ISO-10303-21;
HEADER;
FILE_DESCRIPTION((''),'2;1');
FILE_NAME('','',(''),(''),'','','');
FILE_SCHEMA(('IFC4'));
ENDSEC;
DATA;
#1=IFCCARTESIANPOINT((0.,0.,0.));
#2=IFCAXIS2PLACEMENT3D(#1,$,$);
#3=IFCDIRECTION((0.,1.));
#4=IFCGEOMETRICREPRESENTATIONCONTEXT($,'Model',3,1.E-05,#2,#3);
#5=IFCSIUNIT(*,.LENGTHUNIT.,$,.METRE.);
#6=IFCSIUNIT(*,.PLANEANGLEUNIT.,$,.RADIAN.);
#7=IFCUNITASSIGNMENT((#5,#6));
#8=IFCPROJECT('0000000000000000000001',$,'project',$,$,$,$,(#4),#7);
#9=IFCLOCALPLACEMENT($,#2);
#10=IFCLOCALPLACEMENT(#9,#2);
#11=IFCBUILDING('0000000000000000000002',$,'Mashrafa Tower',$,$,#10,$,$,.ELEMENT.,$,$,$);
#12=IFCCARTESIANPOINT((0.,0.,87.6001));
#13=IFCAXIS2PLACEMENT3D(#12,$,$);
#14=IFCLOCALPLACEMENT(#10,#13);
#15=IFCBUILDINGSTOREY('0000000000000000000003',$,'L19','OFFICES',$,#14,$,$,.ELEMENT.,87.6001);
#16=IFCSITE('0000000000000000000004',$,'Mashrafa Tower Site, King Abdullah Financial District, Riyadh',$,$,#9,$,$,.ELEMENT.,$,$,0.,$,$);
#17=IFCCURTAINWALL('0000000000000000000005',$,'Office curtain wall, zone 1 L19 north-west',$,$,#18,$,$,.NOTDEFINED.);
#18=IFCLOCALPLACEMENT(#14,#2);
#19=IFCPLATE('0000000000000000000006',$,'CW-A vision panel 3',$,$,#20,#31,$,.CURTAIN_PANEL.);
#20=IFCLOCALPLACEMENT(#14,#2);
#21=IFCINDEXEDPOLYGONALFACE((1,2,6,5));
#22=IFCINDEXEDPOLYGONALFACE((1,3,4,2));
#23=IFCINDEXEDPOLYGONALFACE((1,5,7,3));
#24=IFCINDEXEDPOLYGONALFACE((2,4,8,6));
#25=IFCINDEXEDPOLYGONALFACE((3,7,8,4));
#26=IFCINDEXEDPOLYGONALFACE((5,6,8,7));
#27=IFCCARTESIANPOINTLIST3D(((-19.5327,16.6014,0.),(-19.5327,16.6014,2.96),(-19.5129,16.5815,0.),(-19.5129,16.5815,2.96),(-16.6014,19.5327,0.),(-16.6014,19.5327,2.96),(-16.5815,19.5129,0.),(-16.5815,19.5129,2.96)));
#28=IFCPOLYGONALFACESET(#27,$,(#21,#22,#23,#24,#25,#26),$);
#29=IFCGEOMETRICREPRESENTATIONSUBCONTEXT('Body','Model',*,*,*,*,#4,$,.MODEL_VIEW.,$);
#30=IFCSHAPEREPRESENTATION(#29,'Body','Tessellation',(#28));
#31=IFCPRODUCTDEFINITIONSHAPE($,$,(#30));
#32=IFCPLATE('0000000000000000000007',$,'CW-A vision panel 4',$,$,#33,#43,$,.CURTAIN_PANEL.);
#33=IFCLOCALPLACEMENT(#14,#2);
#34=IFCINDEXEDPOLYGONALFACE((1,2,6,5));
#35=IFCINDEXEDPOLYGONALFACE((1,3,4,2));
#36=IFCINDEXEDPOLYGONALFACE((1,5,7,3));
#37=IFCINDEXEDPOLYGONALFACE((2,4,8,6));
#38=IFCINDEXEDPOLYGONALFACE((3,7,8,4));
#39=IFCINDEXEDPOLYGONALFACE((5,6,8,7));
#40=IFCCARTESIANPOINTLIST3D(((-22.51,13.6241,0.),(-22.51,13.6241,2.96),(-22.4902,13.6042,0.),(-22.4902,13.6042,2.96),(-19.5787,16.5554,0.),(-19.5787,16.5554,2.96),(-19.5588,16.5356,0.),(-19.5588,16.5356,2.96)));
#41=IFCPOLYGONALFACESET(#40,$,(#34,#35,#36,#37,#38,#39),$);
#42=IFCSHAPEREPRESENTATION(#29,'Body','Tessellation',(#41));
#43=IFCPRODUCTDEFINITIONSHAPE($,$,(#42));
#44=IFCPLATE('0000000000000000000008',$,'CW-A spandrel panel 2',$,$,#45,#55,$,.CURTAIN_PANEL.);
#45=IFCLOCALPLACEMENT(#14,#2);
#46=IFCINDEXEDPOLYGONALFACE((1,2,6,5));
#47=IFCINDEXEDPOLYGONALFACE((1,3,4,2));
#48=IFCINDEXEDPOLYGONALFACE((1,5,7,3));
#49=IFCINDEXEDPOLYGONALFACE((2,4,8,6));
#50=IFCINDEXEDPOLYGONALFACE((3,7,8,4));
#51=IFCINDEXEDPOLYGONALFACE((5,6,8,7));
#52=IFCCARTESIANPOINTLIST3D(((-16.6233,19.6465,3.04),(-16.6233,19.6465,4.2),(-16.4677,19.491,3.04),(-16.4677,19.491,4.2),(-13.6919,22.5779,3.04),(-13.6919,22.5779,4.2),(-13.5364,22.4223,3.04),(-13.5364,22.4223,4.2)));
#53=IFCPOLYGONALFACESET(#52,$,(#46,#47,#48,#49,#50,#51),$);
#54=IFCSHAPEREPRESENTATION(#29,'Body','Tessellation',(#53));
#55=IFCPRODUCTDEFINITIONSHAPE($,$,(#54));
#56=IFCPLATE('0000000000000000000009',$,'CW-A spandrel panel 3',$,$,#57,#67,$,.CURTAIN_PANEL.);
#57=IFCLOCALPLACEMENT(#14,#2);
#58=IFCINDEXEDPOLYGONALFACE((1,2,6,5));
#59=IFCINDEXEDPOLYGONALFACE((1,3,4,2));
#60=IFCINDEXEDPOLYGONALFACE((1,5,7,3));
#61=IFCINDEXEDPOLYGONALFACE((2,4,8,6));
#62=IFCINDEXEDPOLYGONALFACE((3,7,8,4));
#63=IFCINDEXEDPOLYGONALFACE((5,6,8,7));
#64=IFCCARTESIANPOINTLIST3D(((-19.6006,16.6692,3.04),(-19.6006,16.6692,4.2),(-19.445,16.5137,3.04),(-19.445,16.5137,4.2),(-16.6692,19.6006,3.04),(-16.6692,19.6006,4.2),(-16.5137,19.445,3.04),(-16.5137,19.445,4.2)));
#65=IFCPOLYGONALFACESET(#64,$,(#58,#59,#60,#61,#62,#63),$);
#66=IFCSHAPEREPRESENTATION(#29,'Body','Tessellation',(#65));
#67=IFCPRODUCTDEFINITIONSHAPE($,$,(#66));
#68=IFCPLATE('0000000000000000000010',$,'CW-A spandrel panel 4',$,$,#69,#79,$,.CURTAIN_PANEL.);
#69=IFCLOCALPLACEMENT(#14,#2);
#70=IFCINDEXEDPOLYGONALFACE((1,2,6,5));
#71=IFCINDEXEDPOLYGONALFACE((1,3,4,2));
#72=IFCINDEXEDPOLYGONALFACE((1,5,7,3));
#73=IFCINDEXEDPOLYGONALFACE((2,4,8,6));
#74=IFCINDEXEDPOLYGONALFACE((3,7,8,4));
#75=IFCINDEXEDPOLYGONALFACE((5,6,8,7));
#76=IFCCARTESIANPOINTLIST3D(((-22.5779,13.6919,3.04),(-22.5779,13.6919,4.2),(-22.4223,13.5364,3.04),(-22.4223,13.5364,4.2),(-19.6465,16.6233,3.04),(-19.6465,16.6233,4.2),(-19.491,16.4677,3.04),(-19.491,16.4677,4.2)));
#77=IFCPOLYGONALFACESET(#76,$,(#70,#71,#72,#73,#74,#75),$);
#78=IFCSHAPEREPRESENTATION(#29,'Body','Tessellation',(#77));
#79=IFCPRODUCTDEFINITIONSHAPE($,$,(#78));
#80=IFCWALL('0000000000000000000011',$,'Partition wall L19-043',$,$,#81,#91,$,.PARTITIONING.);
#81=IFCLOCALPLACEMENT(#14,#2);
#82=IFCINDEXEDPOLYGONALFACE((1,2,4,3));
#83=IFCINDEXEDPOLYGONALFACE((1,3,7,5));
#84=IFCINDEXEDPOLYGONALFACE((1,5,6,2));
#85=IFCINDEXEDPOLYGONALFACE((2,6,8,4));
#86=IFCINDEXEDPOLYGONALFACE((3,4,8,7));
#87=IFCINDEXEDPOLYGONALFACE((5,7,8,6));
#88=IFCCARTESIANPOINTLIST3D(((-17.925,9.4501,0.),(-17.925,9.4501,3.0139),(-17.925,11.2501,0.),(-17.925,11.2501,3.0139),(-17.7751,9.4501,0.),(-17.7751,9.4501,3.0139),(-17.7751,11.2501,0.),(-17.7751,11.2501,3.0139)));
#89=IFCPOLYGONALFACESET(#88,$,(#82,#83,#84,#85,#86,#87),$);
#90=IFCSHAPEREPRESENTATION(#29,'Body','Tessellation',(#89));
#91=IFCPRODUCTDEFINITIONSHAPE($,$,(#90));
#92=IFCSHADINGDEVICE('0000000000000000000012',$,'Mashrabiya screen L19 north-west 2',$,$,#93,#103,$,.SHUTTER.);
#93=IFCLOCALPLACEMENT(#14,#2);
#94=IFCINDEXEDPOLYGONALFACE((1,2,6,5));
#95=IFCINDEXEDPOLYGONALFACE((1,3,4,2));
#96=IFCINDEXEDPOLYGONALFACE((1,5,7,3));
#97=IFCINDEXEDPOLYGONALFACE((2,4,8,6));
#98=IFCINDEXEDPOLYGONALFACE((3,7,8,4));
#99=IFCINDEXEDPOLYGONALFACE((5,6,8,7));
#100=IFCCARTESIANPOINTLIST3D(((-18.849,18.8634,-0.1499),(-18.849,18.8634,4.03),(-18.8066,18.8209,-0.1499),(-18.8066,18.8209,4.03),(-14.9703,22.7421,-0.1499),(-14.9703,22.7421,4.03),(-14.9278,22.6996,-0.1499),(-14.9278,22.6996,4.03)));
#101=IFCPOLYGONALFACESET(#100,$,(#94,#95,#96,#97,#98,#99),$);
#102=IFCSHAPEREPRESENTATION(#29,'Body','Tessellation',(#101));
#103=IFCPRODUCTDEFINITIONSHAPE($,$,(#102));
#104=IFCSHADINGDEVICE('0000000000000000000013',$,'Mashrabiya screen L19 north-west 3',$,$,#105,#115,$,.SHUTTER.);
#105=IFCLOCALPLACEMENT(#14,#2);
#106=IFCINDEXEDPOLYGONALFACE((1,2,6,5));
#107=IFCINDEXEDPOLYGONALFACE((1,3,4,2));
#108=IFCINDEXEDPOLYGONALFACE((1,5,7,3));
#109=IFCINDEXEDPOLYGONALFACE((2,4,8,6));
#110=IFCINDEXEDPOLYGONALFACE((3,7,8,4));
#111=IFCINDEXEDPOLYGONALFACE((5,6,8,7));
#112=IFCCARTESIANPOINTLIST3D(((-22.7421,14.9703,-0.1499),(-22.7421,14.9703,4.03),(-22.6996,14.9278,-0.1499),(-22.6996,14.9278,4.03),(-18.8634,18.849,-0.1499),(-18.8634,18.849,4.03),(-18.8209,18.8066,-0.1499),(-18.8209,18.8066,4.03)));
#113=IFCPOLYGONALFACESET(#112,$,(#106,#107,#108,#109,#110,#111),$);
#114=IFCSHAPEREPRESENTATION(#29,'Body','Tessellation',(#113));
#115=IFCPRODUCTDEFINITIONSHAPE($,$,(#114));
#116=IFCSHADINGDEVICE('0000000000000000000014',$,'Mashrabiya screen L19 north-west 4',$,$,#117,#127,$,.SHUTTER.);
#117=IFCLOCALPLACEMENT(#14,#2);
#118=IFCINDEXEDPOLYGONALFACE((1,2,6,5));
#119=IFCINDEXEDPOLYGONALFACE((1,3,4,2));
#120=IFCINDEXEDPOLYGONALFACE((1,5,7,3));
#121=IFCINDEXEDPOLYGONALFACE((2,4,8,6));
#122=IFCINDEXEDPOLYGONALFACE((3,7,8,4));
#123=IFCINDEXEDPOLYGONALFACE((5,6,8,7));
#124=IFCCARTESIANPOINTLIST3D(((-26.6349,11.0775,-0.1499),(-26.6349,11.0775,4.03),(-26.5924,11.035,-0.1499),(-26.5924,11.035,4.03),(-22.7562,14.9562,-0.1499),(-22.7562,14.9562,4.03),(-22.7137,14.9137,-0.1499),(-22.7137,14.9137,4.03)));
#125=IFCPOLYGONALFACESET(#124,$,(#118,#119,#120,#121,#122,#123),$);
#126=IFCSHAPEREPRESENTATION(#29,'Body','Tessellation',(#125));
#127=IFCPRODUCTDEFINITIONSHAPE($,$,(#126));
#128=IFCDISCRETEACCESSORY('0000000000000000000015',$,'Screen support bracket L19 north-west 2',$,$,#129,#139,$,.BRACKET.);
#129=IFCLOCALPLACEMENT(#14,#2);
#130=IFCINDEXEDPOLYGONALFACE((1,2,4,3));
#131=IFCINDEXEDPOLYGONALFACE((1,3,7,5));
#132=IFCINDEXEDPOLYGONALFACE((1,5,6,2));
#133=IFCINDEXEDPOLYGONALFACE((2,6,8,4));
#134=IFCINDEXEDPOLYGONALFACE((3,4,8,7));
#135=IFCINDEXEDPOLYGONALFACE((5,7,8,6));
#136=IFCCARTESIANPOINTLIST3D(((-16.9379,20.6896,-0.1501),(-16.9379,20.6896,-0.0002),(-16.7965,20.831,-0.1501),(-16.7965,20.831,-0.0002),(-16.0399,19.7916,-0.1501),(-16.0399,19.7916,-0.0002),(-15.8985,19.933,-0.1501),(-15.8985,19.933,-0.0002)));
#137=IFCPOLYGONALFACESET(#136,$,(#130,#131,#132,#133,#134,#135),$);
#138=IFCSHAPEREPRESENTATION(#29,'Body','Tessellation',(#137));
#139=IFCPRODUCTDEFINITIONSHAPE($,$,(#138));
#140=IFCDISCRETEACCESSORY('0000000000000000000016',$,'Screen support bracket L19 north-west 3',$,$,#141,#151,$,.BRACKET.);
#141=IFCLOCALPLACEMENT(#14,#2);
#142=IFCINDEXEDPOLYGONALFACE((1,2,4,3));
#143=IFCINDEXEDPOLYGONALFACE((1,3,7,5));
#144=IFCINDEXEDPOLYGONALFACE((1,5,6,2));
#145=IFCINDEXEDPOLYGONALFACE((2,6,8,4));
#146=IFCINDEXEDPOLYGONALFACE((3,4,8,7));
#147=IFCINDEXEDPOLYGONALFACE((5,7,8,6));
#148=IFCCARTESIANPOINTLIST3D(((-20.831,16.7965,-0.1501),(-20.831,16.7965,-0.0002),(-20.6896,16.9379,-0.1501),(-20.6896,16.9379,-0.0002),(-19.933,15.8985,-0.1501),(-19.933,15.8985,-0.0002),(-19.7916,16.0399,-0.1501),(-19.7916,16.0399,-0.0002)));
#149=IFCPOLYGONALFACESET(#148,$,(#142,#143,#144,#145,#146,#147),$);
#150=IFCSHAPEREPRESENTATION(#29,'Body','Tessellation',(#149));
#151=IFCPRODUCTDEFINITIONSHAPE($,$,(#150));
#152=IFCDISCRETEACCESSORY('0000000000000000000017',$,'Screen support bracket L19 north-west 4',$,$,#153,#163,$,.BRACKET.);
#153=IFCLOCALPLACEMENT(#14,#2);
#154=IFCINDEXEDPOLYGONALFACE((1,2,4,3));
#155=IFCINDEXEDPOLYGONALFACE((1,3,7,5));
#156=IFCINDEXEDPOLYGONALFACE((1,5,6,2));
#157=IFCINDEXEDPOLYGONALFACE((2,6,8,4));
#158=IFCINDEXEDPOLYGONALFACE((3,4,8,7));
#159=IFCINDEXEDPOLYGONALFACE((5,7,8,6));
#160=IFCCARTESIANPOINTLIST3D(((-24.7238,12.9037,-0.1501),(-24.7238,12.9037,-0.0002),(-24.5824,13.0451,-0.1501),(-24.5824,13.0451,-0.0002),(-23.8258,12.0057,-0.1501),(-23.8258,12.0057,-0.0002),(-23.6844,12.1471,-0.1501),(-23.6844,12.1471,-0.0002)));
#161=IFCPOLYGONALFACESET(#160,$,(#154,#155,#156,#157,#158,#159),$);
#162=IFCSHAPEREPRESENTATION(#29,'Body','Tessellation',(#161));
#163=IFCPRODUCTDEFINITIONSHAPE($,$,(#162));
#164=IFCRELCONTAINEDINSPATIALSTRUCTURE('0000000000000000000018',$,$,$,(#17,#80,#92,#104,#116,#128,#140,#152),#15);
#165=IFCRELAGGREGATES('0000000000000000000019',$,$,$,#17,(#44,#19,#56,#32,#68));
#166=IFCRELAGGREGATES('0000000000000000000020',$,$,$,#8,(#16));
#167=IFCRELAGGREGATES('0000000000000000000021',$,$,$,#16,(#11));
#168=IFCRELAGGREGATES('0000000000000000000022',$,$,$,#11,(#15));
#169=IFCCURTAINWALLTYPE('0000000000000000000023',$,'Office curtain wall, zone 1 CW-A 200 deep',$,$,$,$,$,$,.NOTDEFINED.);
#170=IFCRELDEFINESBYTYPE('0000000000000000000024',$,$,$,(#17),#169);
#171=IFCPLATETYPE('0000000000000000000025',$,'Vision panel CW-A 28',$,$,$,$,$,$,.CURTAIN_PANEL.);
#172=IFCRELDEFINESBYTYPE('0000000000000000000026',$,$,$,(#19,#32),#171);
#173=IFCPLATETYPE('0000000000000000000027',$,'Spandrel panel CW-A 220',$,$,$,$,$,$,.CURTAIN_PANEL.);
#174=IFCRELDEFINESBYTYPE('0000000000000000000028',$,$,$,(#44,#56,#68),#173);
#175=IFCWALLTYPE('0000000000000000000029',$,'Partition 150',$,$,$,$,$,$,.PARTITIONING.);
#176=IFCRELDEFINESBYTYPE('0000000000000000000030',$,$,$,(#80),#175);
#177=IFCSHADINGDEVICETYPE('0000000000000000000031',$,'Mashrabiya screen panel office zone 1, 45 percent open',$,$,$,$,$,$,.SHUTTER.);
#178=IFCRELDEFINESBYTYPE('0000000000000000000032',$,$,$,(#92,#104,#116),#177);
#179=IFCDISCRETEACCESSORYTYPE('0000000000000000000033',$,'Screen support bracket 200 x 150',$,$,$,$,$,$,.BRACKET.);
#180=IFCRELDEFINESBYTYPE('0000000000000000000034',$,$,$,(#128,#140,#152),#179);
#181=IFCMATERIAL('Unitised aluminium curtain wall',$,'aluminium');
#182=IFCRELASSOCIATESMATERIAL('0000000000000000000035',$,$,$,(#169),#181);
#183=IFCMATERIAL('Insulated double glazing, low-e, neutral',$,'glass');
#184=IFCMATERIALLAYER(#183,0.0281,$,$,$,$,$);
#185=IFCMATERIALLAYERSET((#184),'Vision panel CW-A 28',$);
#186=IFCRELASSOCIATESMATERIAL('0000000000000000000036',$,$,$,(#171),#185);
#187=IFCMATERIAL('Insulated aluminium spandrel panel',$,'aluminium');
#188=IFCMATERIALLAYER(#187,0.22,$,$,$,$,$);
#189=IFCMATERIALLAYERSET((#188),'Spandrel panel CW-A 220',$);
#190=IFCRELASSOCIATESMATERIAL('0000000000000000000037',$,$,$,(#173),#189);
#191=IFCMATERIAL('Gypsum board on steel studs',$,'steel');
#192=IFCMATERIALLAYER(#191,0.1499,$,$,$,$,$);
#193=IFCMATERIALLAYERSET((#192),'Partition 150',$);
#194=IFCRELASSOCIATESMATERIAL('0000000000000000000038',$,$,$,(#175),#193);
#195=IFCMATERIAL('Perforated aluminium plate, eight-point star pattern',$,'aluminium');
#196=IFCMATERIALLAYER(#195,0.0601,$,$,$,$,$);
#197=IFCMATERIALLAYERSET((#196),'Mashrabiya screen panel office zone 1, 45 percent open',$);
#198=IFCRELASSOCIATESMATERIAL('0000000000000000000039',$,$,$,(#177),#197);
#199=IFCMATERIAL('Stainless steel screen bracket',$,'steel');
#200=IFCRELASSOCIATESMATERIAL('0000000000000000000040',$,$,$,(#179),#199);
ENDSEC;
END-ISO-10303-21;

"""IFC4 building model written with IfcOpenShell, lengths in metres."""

from ifc_helpers import new_model, si_unit, direction, frame, frame_2d, origin, origin_2d, place, context, subcontext, project, spatial, rectangle, extrude, source, transform, mapped, material, layer, layer_set, type_object, type_shapes, element, aggregate, save


model = new_model("IFC4")

# Units and contexts
model_context = context("Model", 3, precision=1e-05, world=origin(), true_north=direction((0.0, 1.0)))
body_context = subcontext(model_context, "Body", "Model", "MODEL_VIEW")
ifc_project = project(units=[si_unit("LENGTHUNIT", "METRE"), si_unit("PLANEANGLEUNIT", "RADIAN")], contexts=[model_context])

# Site, building, storey
site_placement = place(None, origin())
site = spatial("IfcSite", under=ifc_project, at=site_placement, Name="Mashrafa Tower Site, King Abdullah Financial District, Riyadh", CompositionType="ELEMENT", RefElevation=0.0)
building_placement = place(site_placement, origin())
building = spatial("IfcBuilding", under=site, at=building_placement, Name="Mashrafa Tower", CompositionType="ELEMENT")
storey_placement = place(building_placement, frame((0.0, 0.0, 87.6001)))
storey = spatial("IfcBuildingStorey", under=building, at=storey_placement, Name="L19", Description="OFFICES", CompositionType="ELEMENT", Elevation=87.6001)

# Curtain wall
ifc_material_1 = material(Name="Unitised aluminium curtain wall", Category="aluminium")
curtain_wall_type = type_object("IfcCurtainWallType", Name="Office curtain wall, zone 1 CW-A 200 deep", PredefinedType="NOTDEFINED", material=ifc_material_1)
curtain_wall_1_placement = place(storey_placement, origin())
curtain_wall_1 = element("IfcCurtainWall", 1, at=curtain_wall_1_placement, inside=storey, type_object=curtain_wall_type, Name="Office curtain wall, zone 1 L19 north-west", PredefinedType="NOTDEFINED")

# Plates
ifc_material_2 = material(Name="Insulated double glazing, low-e, neutral", Category="glass")
ifc_layer_1 = layer(ifc_material_2, 0.0281)
ifc_layer_set_1 = layer_set([ifc_layer_1], Name="Vision panel CW-A 28")
plate_type_1 = type_object("IfcPlateType", Name="Vision panel CW-A 28", PredefinedType="CURTAIN_PANEL", material=ifc_layer_set_1)
ifc_material_3 = material(Name="Insulated aluminium spandrel panel", Category="aluminium")
ifc_layer_2 = layer(ifc_material_3, 0.22)
ifc_layer_set_2 = layer_set([ifc_layer_2], Name="Spandrel panel CW-A 220")
plate_type_2 = type_object("IfcPlateType", Name="Spandrel panel CW-A 220", PredefinedType="CURTAIN_PANEL", material=ifc_layer_set_2)
shared_shape_1 = source(origin(), body_context, "Body", "SweptSolid", [
    extrude(rectangle(XDim=4.1455, YDim=0.0281, at=origin_2d()), origin(), (0.0, 0.0, 1.0), 2.96),
])
plate_1_placement = place(storey_placement, frame((-18.0571, 18.0571, 0.0), z_axis=(0.0, 0.0, 1.0), x_axis=(-0.707107, -0.707107, 0.0)))
plate_1 = element("IfcPlate", 2, at=plate_1_placement, type_object=plate_type_1, Name="CW-A vision panel 3", PredefinedType="CURTAIN_PANEL", context=body_context, shape_type="MappedRepresentation", body=[
    mapped(shared_shape_1, transform((0.0, 0.0, 0.0))),
])
plate_2_placement = place(storey_placement, frame((-21.0344, 15.0798, 0.0), z_axis=(0.0, 0.0, 1.0), x_axis=(-0.707107, -0.707107, 0.0)))
plate_2 = element("IfcPlate", 3, at=plate_2_placement, type_object=plate_type_1, Name="CW-A vision panel 4", PredefinedType="CURTAIN_PANEL", context=body_context, shape_type="MappedRepresentation", body=[
    mapped(shared_shape_1, transform((0.0, 0.0, 0.0))),
])
shared_shape_2 = source(origin(), body_context, "Body", "SweptSolid", [
    extrude(rectangle(XDim=4.1455, YDim=0.22, at=origin_2d()), origin(), (0.0, 0.0, 1.0), 1.1599),
])
plate_3_placement = place(storey_placement, frame((-15.0798, 21.0344, 3.04), z_axis=(0.0, 0.0, 1.0), x_axis=(-0.707107, -0.707107, 0.0)))
plate_3 = element("IfcPlate", 4, at=plate_3_placement, type_object=plate_type_2, Name="CW-A spandrel panel 2", PredefinedType="CURTAIN_PANEL", context=body_context, shape_type="MappedRepresentation", body=[
    mapped(shared_shape_2, transform((0.0, 0.0, 0.0))),
])
plate_4_placement = place(storey_placement, frame((-18.0571, 18.0571, 3.04), z_axis=(0.0, 0.0, 1.0), x_axis=(-0.707107, -0.707107, 0.0)))
plate_4 = element("IfcPlate", 5, at=plate_4_placement, type_object=plate_type_2, Name="CW-A spandrel panel 3", PredefinedType="CURTAIN_PANEL", context=body_context, shape_type="MappedRepresentation", body=[
    mapped(shared_shape_2, transform((0.0, 0.0, 0.0))),
])
plate_5_placement = place(storey_placement, frame((-21.0344, 15.0798, 3.04), z_axis=(0.0, 0.0, 1.0), x_axis=(-0.707107, -0.707107, 0.0)))
plate_5 = element("IfcPlate", 6, at=plate_5_placement, type_object=plate_type_2, Name="CW-A spandrel panel 4", PredefinedType="CURTAIN_PANEL", context=body_context, shape_type="MappedRepresentation", body=[
    mapped(shared_shape_2, transform((0.0, 0.0, 0.0))),
])
aggregate(curtain_wall_1, [plate_3, plate_1, plate_4, plate_2, plate_5])

# Wall
ifc_material_4 = material(Name="Gypsum board on steel studs", Category="steel")
ifc_layer_3 = layer(ifc_material_4, 0.1499)
ifc_layer_set_3 = layer_set([ifc_layer_3], Name="Partition 150")
wall_type = type_object("IfcWallType", Name="Partition 150", PredefinedType="PARTITIONING", material=ifc_layer_set_3)
wall_placement = place(storey_placement, frame((-17.8501, 11.25, 0.0), z_axis=(0.0, 0.0, 1.0), x_axis=(0.0, -1.0, 0.0)))
element("IfcWall", 7, at=wall_placement, inside=storey, type_object=wall_type, Name="Partition wall L19-043", PredefinedType="PARTITIONING", context=body_context, shape_type="SweptSolid", body=[
    extrude(rectangle(XDim=1.8, YDim=0.1499, at=frame_2d((0.8999, 0.0))), origin(), (0.0, 0.0, 1.0), 3.0139),
])

# Shading devices
ifc_material_5 = material(Name="Perforated aluminium plate, eight-point star pattern", Category="aluminium")
ifc_layer_4 = layer(ifc_material_5, 0.0601)
ifc_layer_set_4 = layer_set([ifc_layer_4], Name="Mashrabiya screen panel office zone 1, 45 percent open")
shading_device_type = type_object("IfcShadingDeviceType", Name="Mashrabiya screen panel office zone 1, 45 percent open", PredefinedType="SHUTTER", material=ifc_layer_set_4)
shared_shape_3 = source(origin(), body_context, "Body", "SweptSolid", [
    extrude(rectangle(XDim=5.4854, YDim=0.0601, at=origin_2d()), origin(), (0.0, 0.0, 1.0), 4.1799),
])
type_shapes(shading_device_type, [shared_shape_3])
for number, where, z_axis, x_axis, name in (
    (8, (-16.8884, 20.7815, -0.1499), (0.0, 0.0, 1.0), (-0.707107, -0.707107, 0.0), "Mashrabiya screen L19 north-west 2"),
    (9, (-20.7815, 16.8884, -0.1499), (0.0, 0.0, 1.0), (-0.707107, -0.707107, 0.0), "Mashrabiya screen L19 north-west 3"),
    (10, (-24.6743, 12.9956, -0.1499), (0.0, 0.0, 1.0), (-0.707107, -0.707107, 0.0), "Mashrabiya screen L19 north-west 4"),
):
    element("IfcShadingDevice", number, at=place(storey_placement, frame(where, z_axis=z_axis, x_axis=x_axis)), inside=storey, type_object=shading_device_type, Name=name, PredefinedType="SHUTTER", context=body_context, shape_type="MappedRepresentation", body=[
        mapped(shared_shape_3, transform((0.0, 0.0, 0.0))),
    ])

# Discrete accessories
ifc_material_6 = material(Name="Stainless steel screen bracket", Category="steel")
discrete_accessory_type = type_object("IfcDiscreteAccessoryType", Name="Screen support bracket 200 x 150", PredefinedType="BRACKET", material=ifc_material_6)
shared_shape_4 = source(origin(), body_context, "Body", "SweptSolid", [
    extrude(rectangle(XDim=0.2, YDim=1.27, at=origin_2d()), origin(), (0.0, 0.0, 1.0), 0.1499),
])
type_shapes(discrete_accessory_type, [shared_shape_4])
for number, where, z_axis, x_axis, name in (
    (11, (-16.4182, 20.3113, -0.1501), (0.0, 0.0, 1.0), (-0.707107, -0.707107, 0.0), "Screen support bracket L19 north-west 2"),
    (12, (-20.3113, 16.4182, -0.1501), (0.0, 0.0, 1.0), (-0.707107, -0.707107, 0.0), "Screen support bracket L19 north-west 3"),
    (13, (-24.2041, 12.5254, -0.1501), (0.0, 0.0, 1.0), (-0.707107, -0.707107, 0.0), "Screen support bracket L19 north-west 4"),
):
    element("IfcDiscreteAccessory", number, at=place(storey_placement, frame(where, z_axis=z_axis, x_axis=x_axis)), inside=storey, type_object=discrete_accessory_type, Name=name, PredefinedType="BRACKET", context=body_context, shape_type="MappedRepresentation", body=[
        mapped(shared_shape_4, transform((0.0, 0.0, 0.0))),
    ])

save(model, "model.ifc")
